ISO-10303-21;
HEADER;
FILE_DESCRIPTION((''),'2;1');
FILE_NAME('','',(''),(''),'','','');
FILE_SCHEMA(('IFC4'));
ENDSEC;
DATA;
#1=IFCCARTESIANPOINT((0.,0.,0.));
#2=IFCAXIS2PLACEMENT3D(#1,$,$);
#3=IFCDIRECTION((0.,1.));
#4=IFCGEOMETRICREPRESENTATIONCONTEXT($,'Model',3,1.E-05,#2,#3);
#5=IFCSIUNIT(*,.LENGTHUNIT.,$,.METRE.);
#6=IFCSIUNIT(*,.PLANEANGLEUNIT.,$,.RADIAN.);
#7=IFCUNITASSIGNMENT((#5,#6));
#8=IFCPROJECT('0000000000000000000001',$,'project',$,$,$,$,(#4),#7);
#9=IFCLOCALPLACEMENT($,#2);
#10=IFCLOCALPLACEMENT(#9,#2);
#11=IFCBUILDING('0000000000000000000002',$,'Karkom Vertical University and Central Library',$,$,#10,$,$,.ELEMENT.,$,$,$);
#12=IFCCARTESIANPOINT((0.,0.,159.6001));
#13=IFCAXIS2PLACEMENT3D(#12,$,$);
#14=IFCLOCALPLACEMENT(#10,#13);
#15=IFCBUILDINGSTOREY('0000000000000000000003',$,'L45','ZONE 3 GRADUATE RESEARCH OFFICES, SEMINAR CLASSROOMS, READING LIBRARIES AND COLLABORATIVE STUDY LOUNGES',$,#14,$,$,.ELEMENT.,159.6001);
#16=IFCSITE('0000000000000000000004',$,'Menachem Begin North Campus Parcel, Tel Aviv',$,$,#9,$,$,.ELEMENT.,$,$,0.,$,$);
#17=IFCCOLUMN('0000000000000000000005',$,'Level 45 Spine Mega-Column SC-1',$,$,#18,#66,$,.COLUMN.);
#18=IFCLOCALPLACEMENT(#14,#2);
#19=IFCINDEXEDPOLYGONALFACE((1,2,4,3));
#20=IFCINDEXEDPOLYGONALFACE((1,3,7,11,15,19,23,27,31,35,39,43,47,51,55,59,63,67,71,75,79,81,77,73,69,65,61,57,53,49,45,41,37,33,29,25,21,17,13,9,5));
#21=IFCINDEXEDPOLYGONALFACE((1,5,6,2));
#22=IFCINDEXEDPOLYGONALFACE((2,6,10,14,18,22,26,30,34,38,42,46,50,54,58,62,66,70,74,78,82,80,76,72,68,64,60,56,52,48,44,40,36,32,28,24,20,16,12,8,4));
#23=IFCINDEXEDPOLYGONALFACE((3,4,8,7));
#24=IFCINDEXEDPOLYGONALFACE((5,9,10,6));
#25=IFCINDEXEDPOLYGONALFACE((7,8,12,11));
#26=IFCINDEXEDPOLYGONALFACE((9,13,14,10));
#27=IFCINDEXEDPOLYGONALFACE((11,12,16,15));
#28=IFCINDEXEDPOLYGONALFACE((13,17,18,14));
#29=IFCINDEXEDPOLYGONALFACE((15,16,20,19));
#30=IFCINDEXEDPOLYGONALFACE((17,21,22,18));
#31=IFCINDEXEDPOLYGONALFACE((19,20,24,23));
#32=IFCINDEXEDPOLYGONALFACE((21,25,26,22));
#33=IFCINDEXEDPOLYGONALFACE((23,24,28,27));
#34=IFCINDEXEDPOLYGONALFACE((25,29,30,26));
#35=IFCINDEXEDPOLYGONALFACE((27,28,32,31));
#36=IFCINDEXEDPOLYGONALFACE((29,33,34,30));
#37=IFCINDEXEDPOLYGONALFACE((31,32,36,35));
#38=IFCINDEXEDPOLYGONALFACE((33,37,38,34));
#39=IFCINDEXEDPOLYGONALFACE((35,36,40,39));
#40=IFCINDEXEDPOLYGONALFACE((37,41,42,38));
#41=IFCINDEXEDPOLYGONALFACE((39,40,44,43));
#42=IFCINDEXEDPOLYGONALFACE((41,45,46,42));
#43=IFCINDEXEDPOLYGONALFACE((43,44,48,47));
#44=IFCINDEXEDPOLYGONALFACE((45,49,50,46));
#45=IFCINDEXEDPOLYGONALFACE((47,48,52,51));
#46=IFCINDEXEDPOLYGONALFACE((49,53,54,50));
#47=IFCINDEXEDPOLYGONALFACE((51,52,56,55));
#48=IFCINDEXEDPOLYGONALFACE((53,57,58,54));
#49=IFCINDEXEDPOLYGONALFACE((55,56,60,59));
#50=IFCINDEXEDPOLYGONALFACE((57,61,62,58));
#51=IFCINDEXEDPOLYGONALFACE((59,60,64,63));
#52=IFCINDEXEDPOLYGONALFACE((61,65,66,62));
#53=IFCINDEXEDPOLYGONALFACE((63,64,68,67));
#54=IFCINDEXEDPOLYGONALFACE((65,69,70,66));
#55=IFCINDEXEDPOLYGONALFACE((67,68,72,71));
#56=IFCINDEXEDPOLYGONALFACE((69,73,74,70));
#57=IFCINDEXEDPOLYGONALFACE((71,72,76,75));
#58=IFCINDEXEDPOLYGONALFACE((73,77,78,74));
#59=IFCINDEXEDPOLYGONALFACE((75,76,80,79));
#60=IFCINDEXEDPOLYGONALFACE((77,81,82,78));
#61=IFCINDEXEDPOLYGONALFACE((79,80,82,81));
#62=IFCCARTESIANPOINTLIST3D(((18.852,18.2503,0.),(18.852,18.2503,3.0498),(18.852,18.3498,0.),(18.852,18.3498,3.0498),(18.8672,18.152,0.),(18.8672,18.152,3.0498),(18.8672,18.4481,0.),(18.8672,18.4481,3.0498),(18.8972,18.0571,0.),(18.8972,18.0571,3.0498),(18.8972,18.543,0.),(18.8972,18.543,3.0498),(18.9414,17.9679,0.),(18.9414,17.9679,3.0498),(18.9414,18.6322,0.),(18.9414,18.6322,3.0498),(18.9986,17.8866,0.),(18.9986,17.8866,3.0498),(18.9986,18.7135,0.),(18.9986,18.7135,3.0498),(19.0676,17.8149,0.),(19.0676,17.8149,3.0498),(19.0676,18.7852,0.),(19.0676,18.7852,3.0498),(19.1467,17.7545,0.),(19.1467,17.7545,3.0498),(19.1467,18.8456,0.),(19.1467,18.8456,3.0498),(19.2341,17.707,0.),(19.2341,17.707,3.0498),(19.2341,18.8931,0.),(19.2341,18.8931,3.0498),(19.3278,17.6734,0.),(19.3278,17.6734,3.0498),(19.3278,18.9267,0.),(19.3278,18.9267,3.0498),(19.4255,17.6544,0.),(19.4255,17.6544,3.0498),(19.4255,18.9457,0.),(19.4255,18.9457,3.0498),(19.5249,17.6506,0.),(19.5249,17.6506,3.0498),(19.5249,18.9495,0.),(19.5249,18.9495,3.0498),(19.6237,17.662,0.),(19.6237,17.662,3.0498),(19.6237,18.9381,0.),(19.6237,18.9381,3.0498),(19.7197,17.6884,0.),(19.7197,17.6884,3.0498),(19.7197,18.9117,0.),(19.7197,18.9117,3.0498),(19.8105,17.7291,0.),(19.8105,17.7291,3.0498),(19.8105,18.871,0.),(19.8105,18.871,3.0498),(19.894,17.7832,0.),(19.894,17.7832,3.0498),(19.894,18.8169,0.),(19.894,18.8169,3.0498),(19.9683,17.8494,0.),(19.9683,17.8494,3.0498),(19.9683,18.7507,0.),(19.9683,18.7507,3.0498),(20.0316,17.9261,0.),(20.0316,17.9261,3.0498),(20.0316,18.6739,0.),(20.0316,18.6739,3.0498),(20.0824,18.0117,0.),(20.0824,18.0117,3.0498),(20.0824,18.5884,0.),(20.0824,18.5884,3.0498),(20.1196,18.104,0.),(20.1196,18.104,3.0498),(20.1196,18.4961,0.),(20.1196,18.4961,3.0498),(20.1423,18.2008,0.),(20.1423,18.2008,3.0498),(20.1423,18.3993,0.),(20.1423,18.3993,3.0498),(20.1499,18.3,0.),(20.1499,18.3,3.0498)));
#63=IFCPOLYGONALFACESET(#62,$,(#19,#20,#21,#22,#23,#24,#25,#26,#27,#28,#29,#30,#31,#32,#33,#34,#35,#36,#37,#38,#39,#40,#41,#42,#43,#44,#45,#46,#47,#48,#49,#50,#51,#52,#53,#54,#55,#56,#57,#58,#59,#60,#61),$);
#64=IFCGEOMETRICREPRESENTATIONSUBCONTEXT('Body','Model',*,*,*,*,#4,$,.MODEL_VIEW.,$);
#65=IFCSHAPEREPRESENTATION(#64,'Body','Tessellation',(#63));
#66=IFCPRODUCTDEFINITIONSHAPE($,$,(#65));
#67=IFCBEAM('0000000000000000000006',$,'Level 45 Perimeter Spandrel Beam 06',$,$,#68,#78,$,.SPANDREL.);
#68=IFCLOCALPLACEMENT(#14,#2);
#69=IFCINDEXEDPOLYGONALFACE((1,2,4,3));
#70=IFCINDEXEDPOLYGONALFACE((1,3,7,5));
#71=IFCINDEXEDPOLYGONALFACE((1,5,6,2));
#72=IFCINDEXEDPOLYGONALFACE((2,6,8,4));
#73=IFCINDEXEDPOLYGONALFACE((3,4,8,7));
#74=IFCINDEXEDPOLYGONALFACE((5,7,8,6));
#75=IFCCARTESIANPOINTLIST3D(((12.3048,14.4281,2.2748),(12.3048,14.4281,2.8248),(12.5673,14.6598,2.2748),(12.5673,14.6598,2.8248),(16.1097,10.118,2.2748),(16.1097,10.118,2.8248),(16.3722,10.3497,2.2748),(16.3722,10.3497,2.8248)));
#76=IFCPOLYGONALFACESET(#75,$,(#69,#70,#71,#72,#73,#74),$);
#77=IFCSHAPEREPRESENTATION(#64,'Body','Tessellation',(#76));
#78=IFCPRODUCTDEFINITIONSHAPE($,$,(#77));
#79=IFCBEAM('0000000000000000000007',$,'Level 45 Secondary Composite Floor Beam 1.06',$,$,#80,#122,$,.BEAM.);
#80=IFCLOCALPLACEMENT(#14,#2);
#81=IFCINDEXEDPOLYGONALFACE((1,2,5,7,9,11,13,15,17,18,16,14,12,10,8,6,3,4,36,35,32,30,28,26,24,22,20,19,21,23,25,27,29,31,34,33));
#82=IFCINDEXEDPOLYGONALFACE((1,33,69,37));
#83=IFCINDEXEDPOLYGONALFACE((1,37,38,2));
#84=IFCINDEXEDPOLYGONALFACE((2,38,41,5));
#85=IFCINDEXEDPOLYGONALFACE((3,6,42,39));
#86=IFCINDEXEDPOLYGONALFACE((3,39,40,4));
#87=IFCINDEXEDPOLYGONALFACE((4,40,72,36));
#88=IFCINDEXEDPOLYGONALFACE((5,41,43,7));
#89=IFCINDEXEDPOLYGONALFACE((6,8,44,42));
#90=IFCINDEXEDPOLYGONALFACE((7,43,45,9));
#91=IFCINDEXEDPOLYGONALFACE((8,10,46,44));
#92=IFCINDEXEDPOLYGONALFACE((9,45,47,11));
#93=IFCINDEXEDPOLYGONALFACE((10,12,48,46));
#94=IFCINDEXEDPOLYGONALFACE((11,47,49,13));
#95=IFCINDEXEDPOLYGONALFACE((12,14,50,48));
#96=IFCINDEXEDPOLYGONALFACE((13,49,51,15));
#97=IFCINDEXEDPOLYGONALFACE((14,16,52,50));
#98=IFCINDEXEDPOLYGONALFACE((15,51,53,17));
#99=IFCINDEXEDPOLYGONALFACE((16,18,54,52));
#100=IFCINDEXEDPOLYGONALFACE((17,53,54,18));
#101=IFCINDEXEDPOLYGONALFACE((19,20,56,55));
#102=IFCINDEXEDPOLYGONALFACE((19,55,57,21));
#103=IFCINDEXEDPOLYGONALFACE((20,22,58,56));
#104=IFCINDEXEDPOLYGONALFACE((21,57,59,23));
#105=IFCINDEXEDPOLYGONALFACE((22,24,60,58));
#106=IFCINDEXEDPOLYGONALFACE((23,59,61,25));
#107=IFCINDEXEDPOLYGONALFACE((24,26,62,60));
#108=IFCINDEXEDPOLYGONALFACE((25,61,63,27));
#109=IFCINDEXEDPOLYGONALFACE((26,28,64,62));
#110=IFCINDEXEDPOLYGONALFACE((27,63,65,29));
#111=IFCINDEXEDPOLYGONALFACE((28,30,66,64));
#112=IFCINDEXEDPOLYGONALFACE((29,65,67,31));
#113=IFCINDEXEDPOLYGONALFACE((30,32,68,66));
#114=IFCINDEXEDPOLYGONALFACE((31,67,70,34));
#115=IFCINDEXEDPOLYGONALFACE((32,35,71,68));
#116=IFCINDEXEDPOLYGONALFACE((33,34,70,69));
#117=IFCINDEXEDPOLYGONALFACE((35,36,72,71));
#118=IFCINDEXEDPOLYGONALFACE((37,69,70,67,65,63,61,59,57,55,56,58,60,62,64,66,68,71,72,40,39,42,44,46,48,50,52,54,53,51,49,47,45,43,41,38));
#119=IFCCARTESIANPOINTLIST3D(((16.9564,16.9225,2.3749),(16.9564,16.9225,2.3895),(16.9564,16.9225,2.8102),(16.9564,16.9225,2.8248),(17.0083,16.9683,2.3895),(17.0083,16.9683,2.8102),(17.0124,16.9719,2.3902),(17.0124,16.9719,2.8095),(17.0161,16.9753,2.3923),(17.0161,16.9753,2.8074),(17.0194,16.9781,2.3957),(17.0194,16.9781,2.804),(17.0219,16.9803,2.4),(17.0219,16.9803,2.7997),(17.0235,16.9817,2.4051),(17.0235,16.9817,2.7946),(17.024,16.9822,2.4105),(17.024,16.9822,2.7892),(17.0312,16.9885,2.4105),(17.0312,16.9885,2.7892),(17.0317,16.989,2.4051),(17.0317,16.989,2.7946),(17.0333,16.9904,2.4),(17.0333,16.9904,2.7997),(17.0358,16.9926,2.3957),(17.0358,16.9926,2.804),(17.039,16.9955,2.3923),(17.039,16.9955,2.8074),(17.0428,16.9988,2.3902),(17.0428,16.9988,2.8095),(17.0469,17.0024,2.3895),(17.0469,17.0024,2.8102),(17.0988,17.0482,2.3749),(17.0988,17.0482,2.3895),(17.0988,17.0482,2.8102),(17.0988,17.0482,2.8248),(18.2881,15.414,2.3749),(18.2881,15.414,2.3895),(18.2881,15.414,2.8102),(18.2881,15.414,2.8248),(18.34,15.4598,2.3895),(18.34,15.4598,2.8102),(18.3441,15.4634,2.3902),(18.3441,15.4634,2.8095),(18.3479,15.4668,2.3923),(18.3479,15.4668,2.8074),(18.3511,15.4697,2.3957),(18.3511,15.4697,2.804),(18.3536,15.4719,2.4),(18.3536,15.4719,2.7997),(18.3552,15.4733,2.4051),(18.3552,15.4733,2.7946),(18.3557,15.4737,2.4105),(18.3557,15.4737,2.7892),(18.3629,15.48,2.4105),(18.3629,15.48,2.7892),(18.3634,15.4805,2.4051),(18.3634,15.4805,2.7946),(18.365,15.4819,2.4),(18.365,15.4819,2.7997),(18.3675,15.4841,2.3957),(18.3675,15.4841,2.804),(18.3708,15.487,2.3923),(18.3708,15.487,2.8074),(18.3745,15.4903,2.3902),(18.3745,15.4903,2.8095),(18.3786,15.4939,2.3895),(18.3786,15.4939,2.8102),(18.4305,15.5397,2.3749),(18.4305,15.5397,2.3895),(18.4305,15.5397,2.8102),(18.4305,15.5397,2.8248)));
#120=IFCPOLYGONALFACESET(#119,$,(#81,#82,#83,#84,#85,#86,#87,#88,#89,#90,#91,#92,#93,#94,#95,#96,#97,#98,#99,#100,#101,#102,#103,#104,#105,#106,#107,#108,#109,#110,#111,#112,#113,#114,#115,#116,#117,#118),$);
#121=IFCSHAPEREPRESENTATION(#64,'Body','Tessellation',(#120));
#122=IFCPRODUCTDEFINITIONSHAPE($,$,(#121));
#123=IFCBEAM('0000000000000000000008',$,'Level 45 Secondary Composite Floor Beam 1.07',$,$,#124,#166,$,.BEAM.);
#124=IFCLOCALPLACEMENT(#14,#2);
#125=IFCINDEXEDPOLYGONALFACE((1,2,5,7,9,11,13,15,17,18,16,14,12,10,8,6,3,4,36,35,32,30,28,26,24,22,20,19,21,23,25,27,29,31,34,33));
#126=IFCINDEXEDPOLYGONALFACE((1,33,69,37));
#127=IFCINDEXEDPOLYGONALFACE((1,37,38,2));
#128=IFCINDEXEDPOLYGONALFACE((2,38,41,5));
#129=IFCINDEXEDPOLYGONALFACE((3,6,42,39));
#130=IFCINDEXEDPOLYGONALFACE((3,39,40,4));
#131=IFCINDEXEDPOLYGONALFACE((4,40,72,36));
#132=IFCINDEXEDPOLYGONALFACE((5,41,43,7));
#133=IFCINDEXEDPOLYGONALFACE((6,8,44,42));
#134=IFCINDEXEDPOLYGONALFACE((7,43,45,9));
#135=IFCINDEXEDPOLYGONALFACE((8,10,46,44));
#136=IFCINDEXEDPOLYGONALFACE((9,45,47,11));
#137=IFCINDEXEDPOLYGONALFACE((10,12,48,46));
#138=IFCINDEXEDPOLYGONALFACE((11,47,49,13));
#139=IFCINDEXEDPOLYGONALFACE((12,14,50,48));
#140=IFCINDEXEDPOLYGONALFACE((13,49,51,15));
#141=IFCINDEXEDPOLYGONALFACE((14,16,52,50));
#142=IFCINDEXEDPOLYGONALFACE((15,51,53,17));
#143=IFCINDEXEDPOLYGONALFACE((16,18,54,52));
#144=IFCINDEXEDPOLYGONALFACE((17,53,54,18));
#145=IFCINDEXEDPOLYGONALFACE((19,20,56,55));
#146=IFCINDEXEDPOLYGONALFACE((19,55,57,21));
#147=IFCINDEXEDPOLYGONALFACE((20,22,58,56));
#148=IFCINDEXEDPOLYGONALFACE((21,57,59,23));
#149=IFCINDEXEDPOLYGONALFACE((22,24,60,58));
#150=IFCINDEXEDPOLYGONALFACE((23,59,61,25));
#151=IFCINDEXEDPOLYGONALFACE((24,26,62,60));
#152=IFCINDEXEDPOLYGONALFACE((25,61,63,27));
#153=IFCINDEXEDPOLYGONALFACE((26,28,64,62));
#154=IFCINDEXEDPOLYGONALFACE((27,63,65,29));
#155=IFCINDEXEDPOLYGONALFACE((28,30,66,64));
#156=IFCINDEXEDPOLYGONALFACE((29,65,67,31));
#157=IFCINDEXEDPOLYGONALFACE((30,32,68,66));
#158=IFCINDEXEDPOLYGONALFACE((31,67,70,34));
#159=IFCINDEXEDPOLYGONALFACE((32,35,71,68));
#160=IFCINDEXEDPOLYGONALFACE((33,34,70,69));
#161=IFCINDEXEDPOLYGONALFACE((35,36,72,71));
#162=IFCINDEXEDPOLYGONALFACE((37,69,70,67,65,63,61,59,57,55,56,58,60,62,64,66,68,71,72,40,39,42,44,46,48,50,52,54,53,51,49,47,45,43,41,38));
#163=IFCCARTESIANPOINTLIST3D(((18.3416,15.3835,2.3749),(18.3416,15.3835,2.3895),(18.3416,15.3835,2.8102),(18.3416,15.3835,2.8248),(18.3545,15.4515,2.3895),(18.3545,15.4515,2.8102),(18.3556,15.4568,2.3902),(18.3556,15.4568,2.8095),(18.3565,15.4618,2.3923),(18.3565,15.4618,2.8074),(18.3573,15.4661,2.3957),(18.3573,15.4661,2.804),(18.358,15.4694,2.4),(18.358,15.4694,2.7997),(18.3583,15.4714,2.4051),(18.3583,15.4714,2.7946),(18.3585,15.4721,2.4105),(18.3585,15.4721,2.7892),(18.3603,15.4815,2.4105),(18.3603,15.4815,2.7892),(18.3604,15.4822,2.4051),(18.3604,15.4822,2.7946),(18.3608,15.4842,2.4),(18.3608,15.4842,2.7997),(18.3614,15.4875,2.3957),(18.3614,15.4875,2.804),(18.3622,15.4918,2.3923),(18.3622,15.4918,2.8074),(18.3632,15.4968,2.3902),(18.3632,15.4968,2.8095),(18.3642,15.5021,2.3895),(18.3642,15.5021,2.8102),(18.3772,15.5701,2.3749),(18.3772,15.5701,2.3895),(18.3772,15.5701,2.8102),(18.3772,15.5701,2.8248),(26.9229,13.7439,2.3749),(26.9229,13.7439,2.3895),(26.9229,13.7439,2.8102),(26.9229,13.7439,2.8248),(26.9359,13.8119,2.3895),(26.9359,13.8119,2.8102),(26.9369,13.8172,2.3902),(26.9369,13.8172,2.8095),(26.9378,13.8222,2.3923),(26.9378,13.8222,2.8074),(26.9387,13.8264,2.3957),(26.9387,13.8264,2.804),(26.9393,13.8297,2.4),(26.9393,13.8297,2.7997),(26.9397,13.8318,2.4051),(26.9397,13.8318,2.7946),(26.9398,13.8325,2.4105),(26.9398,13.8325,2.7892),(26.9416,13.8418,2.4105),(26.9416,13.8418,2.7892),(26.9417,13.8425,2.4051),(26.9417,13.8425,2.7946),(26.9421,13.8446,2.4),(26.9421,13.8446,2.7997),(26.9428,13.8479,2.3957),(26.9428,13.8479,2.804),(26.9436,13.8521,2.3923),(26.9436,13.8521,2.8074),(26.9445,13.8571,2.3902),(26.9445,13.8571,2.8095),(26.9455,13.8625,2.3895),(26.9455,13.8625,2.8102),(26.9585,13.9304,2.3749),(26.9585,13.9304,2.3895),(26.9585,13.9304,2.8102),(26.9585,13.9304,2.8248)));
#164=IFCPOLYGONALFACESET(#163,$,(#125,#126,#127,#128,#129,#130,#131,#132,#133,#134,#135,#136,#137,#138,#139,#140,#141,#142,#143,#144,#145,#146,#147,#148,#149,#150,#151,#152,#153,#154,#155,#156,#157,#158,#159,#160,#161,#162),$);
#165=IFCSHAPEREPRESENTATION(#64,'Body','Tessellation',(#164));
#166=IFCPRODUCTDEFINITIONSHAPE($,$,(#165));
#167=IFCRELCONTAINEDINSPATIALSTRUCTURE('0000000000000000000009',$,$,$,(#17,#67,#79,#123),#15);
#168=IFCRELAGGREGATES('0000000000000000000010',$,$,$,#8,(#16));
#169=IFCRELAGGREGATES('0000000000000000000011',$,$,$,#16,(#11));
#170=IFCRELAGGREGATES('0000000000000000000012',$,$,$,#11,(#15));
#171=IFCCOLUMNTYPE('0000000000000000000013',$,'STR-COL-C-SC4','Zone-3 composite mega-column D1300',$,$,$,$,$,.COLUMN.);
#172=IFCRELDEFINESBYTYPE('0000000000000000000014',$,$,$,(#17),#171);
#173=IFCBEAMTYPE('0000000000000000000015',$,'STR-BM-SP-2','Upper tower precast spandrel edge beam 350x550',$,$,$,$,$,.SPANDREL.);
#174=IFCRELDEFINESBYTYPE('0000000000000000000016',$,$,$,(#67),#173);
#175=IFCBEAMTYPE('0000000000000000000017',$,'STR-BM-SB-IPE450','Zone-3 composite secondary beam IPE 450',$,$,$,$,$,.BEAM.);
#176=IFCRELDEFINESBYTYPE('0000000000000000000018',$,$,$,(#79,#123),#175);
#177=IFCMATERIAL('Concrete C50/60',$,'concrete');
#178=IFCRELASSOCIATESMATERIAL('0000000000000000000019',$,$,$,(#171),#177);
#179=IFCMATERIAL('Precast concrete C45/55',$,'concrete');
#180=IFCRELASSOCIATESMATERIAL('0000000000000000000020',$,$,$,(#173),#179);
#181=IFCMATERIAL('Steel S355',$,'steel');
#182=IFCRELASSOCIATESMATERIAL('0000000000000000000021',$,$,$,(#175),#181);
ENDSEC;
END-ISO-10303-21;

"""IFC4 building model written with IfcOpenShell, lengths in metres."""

from ifc_helpers import new_model, si_unit, direction, frame, origin, origin_with_axes, origin_2d, place, context, subcontext, project, spatial, rectangle, circle, i_section, extrude, source, transform, mapped, material, material_profile, profile_set, type_object, element, save


model = new_model("IFC4")

# Units and contexts
model_context = context("Model", 3, precision=1e-05, world=origin(), true_north=direction((0.0, 1.0)))
body_context = subcontext(model_context, "Body", "Model", "MODEL_VIEW")
ifc_project = project(units=[si_unit("LENGTHUNIT", "METRE"), si_unit("PLANEANGLEUNIT", "RADIAN")], contexts=[model_context])

# Site, building, storey
site_placement = place(None, origin())
site = spatial("IfcSite", under=ifc_project, at=site_placement, Name="Menachem Begin North Campus Parcel, Tel Aviv", CompositionType="ELEMENT", RefElevation=0.0)
building_placement = place(site_placement, origin())
building = spatial("IfcBuilding", under=site, at=building_placement, Name="Karkom Vertical University and Central Library", CompositionType="ELEMENT")
storey_placement = place(building_placement, frame((0.0, 0.0, 159.6001)))
storey = spatial("IfcBuildingStorey", under=building, at=storey_placement, Name="L45", Description="ZONE 3 GRADUATE RESEARCH OFFICES, SEMINAR CLASSROOMS, READING LIBRARIES AND COLLABORATIVE STUDY LOUNGES", CompositionType="ELEMENT", Elevation=159.6001)

# Column
ifc_material_1 = material(Name="Concrete C50/60", Category="concrete")
ifc_material_profile_1 = material_profile(ifc_material_1, circle(Radius=0.6499, at=origin_2d()), Name="CFT-D1300")
ifc_profile_set_1 = profile_set([ifc_material_profile_1], Name="Concrete C50/60")
column_type = type_object("IfcColumnType", Name="STR-COL-C-SC4", Description="Zone-3 composite mega-column D1300", PredefinedType="COLUMN", material=ifc_profile_set_1)
shared_shape_1 = source(origin_with_axes(), body_context, "Body", "SweptSolid", [
    extrude(circle(Radius=0.6499, at=origin_2d()), origin(), (0.0, 0.0, 1.0), 3.0498),
])
column_placement = place(storey_placement, frame((19.5, 18.3, 0.0), z_axis=(0.0, 0.0, 1.0), x_axis=(1.0, 0.0, 0.0)))
element("IfcColumn", 1, at=column_placement, inside=storey, type_object=column_type, Name="Level 45 Spine Mega-Column SC-1", PredefinedType="COLUMN", context=body_context, shape_type="MappedRepresentation", body=[
    mapped(shared_shape_1, transform((0.0, 0.0, 0.0), scale=1.0)),
])

# Beams
ifc_material_2 = material(Name="Precast concrete C45/55", Category="concrete")
ifc_material_profile_2 = material_profile(ifc_material_2, rectangle(XDim=0.3501, YDim=0.55, at=origin_2d()), Name="SPB-350x550")
ifc_profile_set_2 = profile_set([ifc_material_profile_2], Name="Precast concrete C45/55")
beam_type_1 = type_object("IfcBeamType", Name="STR-BM-SP-2", Description="Upper tower precast spandrel edge beam 350x550", PredefinedType="SPANDREL", material=ifc_profile_set_2)
shared_shape_2 = source(origin_with_axes(), body_context, "Body", "SweptSolid", [
    extrude(rectangle(XDim=0.3501, YDim=0.55, at=origin_2d()), origin(), (0.0, 0.0, 1.0), 5.7493),
])
beam_1_placement = place(storey_placement, frame((12.436, 14.5439, 2.5498), z_axis=(0.661811, -0.749671, 0.0), x_axis=(0.749671, 0.661811, 0.0)))
element("IfcBeam", 2, at=beam_1_placement, inside=storey, type_object=beam_type_1, Name="Level 45 Perimeter Spandrel Beam 06", PredefinedType="SPANDREL", context=body_context, shape_type="MappedRepresentation", body=[
    mapped(shared_shape_2, transform((0.0, 0.0, 0.0), scale=1.0)),
])
ifc_material_3 = material(Name="Steel S355", Category="steel")
ifc_material_profile_3 = material_profile(ifc_material_3, i_section(OverallWidth=0.1899, OverallDepth=0.45, WebThickness=0.0095, FlangeThickness=0.0146, FilletRadius=0.021, at=origin_2d()), Name="IPE 450")
ifc_profile_set_3 = profile_set([ifc_material_profile_3], Name="Steel S355")
beam_type_2 = type_object("IfcBeamType", Name="STR-BM-SB-IPE450", Description="Zone-3 composite secondary beam IPE 450", PredefinedType="BEAM", material=ifc_profile_set_3)
shared_shape_3 = source(origin_with_axes(), body_context, "Body", "SweptSolid", [
    extrude(i_section(OverallWidth=0.1899, OverallDepth=0.45, WebThickness=0.0095, FlangeThickness=0.0146, FilletRadius=0.021, at=origin_2d()), origin(), (0.0, 0.0, 1.0), 2.0122),
])
beam_2_placement = place(storey_placement, frame((17.0276, 16.9854, 2.5999), z_axis=(0.661822, -0.749661, 0.0), x_axis=(0.749661, 0.661822, 0.0)))
element("IfcBeam", 3, at=beam_2_placement, inside=storey, type_object=beam_type_2, Name="Level 45 Secondary Composite Floor Beam 1.06", PredefinedType="BEAM", context=body_context, shape_type="MappedRepresentation", body=[
    mapped(shared_shape_3, transform((0.0, 0.0, 0.0), scale=1.0)),
])
shared_shape_4 = source(origin_with_axes(), body_context, "Body", "SweptSolid", [
    extrude(i_section(OverallWidth=0.1899, OverallDepth=0.45, WebThickness=0.0095, FlangeThickness=0.0146, FilletRadius=0.021, at=origin_2d()), origin(), (0.0, 0.0, 1.0), 8.7366),
])
beam_3_placement = place(storey_placement, frame((18.3594, 15.4768, 2.5999), z_axis=(0.982231, -0.187677, 0.0), x_axis=(0.187677, 0.982231, 0.0)))
element("IfcBeam", 4, at=beam_3_placement, inside=storey, type_object=beam_type_2, Name="Level 45 Secondary Composite Floor Beam 1.07", PredefinedType="BEAM", context=body_context, shape_type="MappedRepresentation", body=[
    mapped(shared_shape_4, transform((0.0, 0.0, 0.0), scale=1.0)),
])

save(model, "model.ifc")
